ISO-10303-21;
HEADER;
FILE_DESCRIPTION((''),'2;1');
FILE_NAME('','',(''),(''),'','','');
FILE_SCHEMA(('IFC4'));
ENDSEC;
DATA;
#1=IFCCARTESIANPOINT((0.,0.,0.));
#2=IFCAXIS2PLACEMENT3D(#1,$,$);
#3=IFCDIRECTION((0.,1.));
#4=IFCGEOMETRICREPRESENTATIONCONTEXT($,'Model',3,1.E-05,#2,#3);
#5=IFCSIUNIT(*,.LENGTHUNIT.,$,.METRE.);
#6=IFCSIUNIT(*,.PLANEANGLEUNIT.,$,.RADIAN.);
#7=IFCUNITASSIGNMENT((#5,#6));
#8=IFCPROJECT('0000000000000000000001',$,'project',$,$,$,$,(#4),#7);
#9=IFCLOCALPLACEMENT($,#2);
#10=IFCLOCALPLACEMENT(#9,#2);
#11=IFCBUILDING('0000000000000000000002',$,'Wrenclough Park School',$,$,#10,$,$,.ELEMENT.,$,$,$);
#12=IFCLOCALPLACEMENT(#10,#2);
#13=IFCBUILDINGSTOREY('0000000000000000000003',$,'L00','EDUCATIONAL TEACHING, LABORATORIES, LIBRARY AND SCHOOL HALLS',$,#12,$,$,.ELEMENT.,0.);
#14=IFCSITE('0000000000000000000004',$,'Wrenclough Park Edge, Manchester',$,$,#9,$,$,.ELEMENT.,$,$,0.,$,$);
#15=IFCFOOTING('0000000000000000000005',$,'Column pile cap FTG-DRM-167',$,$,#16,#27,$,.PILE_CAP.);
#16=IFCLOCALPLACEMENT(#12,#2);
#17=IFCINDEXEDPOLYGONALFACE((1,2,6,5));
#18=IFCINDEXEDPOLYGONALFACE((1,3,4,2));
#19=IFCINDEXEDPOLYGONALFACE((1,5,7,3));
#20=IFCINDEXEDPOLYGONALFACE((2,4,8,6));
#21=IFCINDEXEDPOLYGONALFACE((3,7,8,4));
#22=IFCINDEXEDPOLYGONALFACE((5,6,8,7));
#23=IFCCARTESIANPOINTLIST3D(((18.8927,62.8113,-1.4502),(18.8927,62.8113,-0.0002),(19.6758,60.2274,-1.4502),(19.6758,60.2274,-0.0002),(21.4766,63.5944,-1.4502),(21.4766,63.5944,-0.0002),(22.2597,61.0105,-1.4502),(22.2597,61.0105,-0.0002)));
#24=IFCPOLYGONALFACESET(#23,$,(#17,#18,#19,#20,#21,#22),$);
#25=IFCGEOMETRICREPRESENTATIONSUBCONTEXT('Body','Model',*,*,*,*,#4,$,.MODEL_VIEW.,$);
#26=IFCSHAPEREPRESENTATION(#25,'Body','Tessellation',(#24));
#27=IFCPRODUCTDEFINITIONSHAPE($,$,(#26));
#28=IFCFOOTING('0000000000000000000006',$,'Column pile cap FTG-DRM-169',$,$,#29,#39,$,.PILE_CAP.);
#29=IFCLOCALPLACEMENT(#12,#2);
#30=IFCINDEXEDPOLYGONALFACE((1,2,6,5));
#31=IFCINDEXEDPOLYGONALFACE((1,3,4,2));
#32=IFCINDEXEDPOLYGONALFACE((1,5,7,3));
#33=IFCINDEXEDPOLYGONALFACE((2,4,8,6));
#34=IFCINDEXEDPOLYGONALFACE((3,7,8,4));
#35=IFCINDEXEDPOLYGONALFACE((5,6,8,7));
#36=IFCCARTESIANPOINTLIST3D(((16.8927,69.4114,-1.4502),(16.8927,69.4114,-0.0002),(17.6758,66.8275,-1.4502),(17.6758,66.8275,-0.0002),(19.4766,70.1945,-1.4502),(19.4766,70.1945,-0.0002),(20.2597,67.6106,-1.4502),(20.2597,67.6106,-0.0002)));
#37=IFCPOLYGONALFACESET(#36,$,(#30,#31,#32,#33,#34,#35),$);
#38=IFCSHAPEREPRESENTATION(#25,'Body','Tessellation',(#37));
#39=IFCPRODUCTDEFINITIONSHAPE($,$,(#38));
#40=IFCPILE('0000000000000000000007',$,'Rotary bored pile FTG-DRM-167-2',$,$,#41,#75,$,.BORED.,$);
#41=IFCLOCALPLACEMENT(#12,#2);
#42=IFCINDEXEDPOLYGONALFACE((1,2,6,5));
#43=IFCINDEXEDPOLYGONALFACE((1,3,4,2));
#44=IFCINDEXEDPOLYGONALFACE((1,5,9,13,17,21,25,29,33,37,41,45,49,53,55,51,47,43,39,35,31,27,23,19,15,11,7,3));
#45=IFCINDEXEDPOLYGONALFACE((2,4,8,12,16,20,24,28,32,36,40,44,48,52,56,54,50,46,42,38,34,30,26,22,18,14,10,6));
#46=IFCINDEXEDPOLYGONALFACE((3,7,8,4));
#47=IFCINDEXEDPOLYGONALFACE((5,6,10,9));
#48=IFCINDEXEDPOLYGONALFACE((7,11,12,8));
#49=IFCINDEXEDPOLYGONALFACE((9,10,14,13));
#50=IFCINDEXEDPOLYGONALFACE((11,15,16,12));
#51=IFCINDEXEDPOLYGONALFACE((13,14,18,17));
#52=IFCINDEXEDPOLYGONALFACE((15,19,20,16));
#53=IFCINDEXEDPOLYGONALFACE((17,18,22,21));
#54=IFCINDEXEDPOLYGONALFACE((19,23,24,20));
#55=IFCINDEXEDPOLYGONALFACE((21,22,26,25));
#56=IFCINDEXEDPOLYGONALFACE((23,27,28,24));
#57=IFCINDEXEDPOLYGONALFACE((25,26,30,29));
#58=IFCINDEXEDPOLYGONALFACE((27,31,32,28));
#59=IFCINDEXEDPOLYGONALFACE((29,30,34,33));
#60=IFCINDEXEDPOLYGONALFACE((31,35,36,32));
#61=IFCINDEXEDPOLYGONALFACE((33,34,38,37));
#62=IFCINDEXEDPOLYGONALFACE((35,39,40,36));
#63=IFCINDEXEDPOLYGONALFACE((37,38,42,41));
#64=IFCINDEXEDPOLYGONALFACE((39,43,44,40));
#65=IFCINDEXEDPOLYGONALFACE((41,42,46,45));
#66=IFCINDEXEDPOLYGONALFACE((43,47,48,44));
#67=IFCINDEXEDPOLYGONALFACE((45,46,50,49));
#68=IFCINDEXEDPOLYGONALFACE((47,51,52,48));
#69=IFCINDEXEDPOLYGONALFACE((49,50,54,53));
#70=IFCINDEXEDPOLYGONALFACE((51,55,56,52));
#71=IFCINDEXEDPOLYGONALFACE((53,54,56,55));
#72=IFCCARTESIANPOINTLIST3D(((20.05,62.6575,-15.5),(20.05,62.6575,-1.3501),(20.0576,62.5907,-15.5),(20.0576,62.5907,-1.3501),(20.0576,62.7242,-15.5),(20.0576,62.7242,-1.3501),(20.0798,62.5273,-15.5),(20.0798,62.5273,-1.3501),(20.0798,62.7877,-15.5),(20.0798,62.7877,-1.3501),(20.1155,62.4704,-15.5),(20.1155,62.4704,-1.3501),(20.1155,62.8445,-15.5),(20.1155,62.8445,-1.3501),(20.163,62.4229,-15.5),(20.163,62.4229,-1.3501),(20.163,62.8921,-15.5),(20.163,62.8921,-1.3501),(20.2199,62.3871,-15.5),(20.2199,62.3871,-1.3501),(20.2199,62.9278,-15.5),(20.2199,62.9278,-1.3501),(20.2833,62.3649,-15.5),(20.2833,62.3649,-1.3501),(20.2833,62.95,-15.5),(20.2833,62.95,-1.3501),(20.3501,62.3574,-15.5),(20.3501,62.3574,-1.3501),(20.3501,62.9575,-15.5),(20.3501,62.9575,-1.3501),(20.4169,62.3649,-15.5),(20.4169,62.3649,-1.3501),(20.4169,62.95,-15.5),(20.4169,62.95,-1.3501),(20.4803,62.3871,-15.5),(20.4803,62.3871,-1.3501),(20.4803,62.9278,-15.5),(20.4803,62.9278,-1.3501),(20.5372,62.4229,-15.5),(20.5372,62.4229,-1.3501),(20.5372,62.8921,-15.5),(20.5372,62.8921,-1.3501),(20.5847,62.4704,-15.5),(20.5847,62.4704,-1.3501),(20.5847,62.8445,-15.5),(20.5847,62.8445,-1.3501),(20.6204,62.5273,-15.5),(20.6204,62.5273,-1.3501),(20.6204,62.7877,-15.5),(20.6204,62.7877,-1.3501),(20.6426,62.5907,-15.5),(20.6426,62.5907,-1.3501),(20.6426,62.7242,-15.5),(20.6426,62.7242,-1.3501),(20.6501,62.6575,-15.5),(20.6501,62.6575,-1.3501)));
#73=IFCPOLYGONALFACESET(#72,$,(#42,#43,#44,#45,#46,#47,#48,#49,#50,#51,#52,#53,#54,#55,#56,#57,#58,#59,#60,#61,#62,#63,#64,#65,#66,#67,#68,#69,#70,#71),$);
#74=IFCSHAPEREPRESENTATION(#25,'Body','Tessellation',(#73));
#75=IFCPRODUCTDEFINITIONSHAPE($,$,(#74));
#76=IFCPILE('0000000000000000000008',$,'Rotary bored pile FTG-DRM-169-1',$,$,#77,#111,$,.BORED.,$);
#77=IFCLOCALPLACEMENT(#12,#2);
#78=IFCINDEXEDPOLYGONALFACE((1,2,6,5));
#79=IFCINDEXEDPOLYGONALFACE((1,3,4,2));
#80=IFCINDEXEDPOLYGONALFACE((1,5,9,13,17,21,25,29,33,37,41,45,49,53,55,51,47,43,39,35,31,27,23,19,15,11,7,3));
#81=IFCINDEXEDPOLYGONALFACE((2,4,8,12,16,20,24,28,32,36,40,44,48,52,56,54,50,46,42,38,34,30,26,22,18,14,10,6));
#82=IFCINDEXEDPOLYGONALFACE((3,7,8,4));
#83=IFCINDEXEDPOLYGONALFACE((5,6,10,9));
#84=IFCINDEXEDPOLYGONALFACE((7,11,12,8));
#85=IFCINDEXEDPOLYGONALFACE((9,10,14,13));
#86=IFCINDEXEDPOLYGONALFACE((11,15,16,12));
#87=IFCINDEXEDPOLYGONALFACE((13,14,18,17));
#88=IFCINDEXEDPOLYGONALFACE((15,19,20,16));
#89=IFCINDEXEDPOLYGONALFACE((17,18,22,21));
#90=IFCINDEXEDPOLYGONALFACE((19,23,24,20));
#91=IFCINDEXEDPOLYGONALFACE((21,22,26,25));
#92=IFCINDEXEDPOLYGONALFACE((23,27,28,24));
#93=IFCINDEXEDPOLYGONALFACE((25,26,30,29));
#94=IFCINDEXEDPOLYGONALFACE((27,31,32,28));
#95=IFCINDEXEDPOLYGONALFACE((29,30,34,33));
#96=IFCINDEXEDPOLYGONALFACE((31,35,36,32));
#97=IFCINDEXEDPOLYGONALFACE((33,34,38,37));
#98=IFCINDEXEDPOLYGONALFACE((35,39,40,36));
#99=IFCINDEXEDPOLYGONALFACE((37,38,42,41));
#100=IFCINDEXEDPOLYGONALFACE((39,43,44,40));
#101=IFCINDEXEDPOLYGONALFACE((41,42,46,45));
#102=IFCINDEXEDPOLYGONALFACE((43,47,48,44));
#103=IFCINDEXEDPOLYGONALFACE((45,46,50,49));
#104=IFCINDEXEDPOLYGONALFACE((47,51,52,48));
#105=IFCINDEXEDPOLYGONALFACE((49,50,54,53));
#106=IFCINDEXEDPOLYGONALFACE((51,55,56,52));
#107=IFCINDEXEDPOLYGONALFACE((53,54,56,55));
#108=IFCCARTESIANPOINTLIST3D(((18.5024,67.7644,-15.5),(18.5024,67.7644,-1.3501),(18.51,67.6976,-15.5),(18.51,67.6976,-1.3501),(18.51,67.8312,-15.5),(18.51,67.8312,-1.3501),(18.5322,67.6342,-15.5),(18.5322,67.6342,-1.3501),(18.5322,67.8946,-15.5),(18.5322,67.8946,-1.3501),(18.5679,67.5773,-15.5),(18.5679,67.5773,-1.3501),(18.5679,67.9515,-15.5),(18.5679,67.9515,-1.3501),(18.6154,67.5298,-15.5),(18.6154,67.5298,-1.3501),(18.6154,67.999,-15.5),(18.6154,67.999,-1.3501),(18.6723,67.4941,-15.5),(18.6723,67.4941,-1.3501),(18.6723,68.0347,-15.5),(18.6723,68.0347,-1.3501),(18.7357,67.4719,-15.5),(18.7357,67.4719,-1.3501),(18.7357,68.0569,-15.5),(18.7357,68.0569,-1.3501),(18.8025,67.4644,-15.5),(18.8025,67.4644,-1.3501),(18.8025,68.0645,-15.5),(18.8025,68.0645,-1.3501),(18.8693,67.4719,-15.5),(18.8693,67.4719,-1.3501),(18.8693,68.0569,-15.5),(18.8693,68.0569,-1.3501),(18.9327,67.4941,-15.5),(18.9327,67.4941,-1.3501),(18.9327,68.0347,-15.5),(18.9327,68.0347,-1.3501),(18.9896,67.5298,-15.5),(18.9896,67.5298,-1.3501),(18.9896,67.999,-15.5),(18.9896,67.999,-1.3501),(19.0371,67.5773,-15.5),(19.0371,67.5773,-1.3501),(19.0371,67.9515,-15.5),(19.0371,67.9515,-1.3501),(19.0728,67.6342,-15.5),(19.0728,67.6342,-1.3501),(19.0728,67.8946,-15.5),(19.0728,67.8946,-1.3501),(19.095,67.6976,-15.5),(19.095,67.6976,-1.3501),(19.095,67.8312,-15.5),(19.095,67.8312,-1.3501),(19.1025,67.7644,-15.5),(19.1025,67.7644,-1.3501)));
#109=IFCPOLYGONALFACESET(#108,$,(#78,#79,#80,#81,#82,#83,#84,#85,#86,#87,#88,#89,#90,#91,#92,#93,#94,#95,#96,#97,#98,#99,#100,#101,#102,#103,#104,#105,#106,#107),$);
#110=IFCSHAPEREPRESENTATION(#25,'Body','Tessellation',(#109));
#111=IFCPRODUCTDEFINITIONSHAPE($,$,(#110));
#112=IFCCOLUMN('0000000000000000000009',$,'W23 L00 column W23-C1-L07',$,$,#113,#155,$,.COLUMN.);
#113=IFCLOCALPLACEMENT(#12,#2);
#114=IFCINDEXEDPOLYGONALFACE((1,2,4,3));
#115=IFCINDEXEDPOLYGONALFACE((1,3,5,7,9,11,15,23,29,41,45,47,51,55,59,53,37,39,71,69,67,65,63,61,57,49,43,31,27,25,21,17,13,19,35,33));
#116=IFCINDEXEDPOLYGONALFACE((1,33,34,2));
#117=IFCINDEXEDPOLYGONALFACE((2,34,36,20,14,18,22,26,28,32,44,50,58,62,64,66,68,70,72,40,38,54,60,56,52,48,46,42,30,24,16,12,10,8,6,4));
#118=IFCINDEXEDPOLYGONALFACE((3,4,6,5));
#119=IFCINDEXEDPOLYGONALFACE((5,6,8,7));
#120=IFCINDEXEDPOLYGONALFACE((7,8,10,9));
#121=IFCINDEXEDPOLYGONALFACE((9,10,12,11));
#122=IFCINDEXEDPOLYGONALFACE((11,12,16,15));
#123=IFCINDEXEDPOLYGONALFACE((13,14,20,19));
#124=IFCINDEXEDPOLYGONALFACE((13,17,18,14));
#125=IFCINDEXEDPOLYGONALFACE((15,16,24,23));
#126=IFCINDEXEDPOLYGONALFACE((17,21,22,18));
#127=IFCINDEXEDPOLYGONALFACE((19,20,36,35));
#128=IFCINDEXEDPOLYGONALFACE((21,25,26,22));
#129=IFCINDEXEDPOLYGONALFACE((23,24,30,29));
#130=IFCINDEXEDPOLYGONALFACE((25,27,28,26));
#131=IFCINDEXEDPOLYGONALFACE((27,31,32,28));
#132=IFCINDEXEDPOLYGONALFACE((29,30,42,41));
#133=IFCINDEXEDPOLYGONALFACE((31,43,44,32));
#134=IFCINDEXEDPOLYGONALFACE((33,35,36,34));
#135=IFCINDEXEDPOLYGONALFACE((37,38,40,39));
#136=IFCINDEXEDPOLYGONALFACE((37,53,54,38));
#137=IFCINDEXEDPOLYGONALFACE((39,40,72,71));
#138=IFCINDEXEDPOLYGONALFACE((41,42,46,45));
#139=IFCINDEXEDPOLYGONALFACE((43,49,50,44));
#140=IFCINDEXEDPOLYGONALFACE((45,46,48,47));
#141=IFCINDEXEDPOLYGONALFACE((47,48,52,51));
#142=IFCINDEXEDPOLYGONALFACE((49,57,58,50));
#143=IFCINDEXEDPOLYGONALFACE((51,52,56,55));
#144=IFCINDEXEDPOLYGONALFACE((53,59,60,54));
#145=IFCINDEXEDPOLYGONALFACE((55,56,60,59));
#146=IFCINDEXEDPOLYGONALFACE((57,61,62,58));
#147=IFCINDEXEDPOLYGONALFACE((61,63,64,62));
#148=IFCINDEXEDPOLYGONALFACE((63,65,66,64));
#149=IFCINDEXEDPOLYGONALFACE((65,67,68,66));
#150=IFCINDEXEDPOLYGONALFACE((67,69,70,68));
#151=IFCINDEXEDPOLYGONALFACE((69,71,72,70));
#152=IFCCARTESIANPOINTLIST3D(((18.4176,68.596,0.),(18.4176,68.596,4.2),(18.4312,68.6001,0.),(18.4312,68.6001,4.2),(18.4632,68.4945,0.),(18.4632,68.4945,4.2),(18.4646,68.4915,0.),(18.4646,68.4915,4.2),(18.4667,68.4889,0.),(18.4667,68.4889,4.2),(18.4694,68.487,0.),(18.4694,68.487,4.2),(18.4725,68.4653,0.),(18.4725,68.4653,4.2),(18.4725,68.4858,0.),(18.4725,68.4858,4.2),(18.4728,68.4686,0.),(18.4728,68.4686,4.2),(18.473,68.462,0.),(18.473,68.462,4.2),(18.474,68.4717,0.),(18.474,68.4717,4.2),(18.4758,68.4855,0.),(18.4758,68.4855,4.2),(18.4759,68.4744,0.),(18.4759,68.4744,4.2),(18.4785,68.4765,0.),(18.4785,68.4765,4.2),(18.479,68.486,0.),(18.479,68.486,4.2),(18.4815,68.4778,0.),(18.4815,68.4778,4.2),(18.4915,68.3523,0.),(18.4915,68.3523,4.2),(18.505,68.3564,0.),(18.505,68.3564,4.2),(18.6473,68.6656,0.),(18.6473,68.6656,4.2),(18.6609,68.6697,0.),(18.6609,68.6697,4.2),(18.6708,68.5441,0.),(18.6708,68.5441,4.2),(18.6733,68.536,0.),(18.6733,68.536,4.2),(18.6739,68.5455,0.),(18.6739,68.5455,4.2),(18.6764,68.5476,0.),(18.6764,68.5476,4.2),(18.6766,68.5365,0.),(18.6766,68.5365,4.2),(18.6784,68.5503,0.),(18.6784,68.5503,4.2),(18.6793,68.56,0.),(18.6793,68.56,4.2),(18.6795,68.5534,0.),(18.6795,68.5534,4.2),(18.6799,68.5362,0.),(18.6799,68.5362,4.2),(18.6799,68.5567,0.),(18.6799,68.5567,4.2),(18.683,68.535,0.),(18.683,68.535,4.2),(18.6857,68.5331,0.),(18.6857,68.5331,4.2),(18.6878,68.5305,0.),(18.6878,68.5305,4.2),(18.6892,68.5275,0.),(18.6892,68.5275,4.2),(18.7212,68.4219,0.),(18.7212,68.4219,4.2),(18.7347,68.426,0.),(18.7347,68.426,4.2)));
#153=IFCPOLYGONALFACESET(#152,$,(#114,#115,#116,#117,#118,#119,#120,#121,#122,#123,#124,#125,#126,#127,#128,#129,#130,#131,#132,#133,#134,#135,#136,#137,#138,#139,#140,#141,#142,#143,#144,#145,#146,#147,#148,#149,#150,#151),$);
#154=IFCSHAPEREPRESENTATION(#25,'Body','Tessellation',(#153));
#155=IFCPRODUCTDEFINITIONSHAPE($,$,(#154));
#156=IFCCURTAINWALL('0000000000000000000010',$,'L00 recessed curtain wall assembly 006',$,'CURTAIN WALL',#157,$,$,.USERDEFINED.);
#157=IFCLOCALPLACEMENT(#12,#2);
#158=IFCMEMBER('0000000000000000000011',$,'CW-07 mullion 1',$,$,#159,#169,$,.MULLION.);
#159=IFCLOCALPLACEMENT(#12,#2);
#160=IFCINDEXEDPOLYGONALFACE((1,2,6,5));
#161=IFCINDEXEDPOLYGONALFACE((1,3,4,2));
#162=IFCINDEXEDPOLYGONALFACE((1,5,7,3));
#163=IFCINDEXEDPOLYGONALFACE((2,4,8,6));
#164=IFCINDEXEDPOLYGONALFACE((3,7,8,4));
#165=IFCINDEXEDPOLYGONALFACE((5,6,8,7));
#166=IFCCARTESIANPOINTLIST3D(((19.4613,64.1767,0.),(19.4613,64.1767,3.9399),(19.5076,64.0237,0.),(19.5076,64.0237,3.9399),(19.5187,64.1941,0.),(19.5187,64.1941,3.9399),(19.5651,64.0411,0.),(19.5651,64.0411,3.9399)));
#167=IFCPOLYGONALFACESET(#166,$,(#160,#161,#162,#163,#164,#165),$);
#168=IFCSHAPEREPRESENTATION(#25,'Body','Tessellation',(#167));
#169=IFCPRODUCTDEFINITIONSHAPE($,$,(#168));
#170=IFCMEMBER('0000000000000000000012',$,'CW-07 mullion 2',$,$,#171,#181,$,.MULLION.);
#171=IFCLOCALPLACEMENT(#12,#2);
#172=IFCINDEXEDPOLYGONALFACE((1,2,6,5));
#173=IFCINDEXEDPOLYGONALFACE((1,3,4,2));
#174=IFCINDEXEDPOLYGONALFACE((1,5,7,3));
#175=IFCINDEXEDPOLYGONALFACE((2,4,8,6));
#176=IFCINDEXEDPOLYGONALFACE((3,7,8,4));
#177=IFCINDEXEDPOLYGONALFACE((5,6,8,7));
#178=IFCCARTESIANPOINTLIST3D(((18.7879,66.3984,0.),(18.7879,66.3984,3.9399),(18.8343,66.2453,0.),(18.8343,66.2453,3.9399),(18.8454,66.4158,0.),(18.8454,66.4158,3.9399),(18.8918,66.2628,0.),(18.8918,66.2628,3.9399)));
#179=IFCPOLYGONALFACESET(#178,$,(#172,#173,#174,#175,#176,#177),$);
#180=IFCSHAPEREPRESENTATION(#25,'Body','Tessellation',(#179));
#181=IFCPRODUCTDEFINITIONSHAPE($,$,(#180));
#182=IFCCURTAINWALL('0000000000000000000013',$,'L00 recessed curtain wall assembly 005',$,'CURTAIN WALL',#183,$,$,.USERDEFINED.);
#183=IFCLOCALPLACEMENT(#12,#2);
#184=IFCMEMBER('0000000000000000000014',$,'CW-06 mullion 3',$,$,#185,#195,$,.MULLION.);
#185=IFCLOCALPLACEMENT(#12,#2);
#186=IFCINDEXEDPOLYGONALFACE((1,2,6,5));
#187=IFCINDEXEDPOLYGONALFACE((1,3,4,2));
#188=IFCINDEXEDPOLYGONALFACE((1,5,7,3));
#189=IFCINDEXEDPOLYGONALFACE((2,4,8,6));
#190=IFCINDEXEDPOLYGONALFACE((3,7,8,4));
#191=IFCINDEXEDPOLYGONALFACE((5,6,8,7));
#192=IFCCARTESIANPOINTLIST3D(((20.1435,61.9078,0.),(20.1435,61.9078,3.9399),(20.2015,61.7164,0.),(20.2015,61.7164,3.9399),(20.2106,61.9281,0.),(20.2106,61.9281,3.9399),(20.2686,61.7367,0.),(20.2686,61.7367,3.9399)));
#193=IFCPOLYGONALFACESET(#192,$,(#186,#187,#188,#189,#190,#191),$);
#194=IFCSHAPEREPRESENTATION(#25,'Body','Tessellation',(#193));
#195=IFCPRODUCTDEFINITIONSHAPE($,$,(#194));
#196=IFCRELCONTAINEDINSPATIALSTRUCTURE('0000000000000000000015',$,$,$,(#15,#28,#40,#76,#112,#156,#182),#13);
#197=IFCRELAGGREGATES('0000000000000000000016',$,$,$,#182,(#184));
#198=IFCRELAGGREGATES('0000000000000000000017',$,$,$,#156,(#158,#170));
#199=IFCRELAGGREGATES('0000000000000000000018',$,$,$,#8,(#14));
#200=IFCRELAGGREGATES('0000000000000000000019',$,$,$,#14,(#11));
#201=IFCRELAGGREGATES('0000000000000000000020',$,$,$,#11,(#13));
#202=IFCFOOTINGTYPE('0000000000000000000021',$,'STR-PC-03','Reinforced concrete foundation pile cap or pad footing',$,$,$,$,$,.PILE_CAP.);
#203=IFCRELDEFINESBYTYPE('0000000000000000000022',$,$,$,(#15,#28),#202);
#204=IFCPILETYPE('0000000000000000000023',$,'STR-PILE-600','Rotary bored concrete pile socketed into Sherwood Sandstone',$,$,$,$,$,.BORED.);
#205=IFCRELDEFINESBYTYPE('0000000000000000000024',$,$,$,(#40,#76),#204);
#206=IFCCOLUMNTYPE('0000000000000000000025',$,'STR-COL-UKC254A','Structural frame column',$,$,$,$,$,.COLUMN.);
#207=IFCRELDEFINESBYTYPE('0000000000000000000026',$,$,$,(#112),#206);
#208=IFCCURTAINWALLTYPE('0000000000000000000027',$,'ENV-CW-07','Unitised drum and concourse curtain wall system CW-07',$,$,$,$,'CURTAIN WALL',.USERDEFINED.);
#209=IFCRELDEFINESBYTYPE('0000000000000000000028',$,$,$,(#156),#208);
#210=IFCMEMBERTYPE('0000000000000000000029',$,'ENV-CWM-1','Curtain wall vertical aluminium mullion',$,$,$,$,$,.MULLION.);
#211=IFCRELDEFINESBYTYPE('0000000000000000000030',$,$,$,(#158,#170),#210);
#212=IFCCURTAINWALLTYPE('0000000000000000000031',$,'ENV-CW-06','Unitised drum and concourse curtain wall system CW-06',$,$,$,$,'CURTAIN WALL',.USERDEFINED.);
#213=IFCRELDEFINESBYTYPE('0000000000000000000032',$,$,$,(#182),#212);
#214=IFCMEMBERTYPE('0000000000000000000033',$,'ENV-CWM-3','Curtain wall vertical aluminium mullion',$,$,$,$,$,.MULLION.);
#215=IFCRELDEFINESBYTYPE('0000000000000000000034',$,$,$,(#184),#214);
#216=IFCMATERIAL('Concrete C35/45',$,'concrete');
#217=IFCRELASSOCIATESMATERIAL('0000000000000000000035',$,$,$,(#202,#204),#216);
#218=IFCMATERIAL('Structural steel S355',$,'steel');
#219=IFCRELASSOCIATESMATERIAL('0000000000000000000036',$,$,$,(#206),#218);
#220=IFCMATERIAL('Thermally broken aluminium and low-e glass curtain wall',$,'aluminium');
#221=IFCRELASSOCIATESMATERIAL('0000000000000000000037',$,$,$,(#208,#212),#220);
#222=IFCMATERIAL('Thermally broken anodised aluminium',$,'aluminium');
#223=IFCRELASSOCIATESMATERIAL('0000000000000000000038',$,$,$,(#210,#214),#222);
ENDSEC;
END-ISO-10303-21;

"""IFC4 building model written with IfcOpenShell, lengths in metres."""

from ifc_helpers import new_model, si_unit, direction, frame, origin, origin_2d, place, context, subcontext, project, spatial, rectangle, circle, i_section, extrude, material, material_profile, profile_set, type_object, element, aggregate, save


model = new_model("IFC4")

# Units and contexts
model_context = context("Model", 3, precision=1e-05, world=origin(), true_north=direction((0.0, 1.0)))
body_context = subcontext(model_context, "Body", "Model", "MODEL_VIEW")
ifc_project = project(units=[si_unit("LENGTHUNIT", "METRE"), si_unit("PLANEANGLEUNIT", "RADIAN")], contexts=[model_context])

# Site, building, storey
site_placement = place(None, origin())
site = spatial("IfcSite", under=ifc_project, at=site_placement, Name="Wrenclough Park Edge, Manchester", CompositionType="ELEMENT", RefElevation=0.0)
building_placement = place(site_placement, origin())
building = spatial("IfcBuilding", under=site, at=building_placement, Name="Wrenclough Park School", CompositionType="ELEMENT")
storey_placement = place(building_placement, origin())
storey = spatial("IfcBuildingStorey", under=building, at=storey_placement, Name="L00", Description="EDUCATIONAL TEACHING, LABORATORIES, LIBRARY AND SCHOOL HALLS", CompositionType="ELEMENT", Elevation=0.0)

# Footings
ifc_material_1 = material(Name="Concrete C35/45", Category="concrete")
footing_type = type_object("IfcFootingType", Name="STR-PC-03", Description="Reinforced concrete foundation pile cap or pad footing", PredefinedType="PILE_CAP", material=ifc_material_1)
for number, where, z_axis, x_axis, name in (
    (1, (20.5762, 61.9109, -1.4502), (0.0, 0.0, 1.0), (-0.290034, 0.957016, 0.0), "Column pile cap FTG-DRM-167"),
    (2, (18.5762, 68.511, -1.4502), (0.0, 0.0, 1.0), (-0.290034, 0.957016, 0.0), "Column pile cap FTG-DRM-169"),
):
    element("IfcFooting", number, at=place(storey_placement, frame(where, z_axis=z_axis, x_axis=x_axis)), inside=storey, type_object=footing_type, Name=name, PredefinedType="PILE_CAP", context=body_context, shape_type="SweptSolid", body=[
        extrude(rectangle(XDim=2.7, YDim=2.7, at=origin_2d()), origin(), (0.0, 0.0, 1.0), 1.45),
    ])

# Piles
ifc_material_profile_1 = material_profile(ifc_material_1, circle(Radius=0.3, at=origin_2d()), Name="BORED PILE D600")
ifc_profile_set_1 = profile_set([ifc_material_profile_1], Name="Concrete C35/45")
pile_type = type_object("IfcPileType", Name="STR-PILE-600", Description="Rotary bored concrete pile socketed into Sherwood Sandstone", PredefinedType="BORED", material=ifc_profile_set_1)
for number, where, z_axis, x_axis, name in (
    (3, (20.3501, 62.6575, -1.3501), (0.0, 0.0, -1.0), (1.0, 0.0, 0.0), "Rotary bored pile FTG-DRM-167-2"),
    (4, (18.8025, 67.7644, -1.3501), (0.0, 0.0, -1.0), (1.0, 0.0, 0.0), "Rotary bored pile FTG-DRM-169-1"),
):
    element("IfcPile", number, at=place(storey_placement, frame(where, z_axis=z_axis, x_axis=x_axis)), inside=storey, type_object=pile_type, Name=name, PredefinedType="BORED", context=body_context, shape_type="SweptSolid", body=[
        extrude(circle(Radius=0.3, at=origin_2d()), origin(), (0.0, 0.0, 1.0), 14.1499),
    ])

# Column
ifc_material_2 = material(Name="Structural steel S355", Category="steel")
ifc_material_profile_2 = material_profile(ifc_material_2, i_section(OverallWidth=0.2546, OverallDepth=0.2542, WebThickness=0.0085, FlangeThickness=0.0142, FilletRadius=0.0127, at=origin_2d()), Name="UKC 254x254x73")
ifc_profile_set_2 = profile_set([ifc_material_profile_2], Name="Structural steel S355")
column_type = type_object("IfcColumnType", Name="STR-COL-UKC254A", Description="Structural frame column", PredefinedType="COLUMN", material=ifc_profile_set_2)
column_placement = place(storey_placement, frame((18.5762, 68.511, 0.0), z_axis=(0.0, 0.0, 1.0), x_axis=(-0.290034, 0.957016, 0.0)))
element("IfcColumn", 5, at=column_placement, inside=storey, type_object=column_type, Name="W23 L00 column W23-C1-L07", PredefinedType="COLUMN", context=body_context, shape_type="SweptSolid", body=[
    extrude(i_section(OverallWidth=0.2546, OverallDepth=0.2542, WebThickness=0.0085, FlangeThickness=0.0142, FilletRadius=0.0127, at=origin_2d()), origin(), (0.0, 0.0, 1.0), 4.2),
])

# Curtain walls, members
ifc_material_3 = material(Name="Thermally broken aluminium and low-e glass curtain wall", Category="aluminium")
curtain_wall_type_1 = type_object("IfcCurtainWallType", Name="ENV-CW-07", Description="Unitised drum and concourse curtain wall system CW-07", ElementType="CURTAIN WALL", PredefinedType="USERDEFINED", material=ifc_material_3)
curtain_wall_1_placement = place(storey_placement, origin())
curtain_wall_1 = element("IfcCurtainWall", 6, at=curtain_wall_1_placement, inside=storey, type_object=curtain_wall_type_1, Name="L00 recessed curtain wall assembly 006", ObjectType="CURTAIN WALL", PredefinedType="USERDEFINED")
ifc_material_4 = material(Name="Thermally broken anodised aluminium", Category="aluminium")
ifc_material_profile_3 = material_profile(ifc_material_4, rectangle(XDim=0.0601, YDim=0.1599, at=origin_2d()), Name="AL MULLION 60x160")
ifc_profile_set_3 = profile_set([ifc_material_profile_3], Name="Thermally broken anodised aluminium")
member_type_1 = type_object("IfcMemberType", Name="ENV-CWM-1", Description="Curtain wall vertical aluminium mullion", PredefinedType="MULLION", material=ifc_profile_set_3)
member_1_placement = place(storey_placement, frame((19.5132, 64.1089, 0.0), z_axis=(0.0, 0.0, 1.0), x_axis=(-0.957026, -0.290001, 0.0)))
member_1 = element("IfcMember", 7, at=member_1_placement, type_object=member_type_1, Name="CW-07 mullion 1", PredefinedType="MULLION", context=body_context, shape_type="SweptSolid", body=[
    extrude(rectangle(XDim=0.0601, YDim=0.1599, at=origin_2d()), origin(), (0.0, 0.0, 1.0), 3.9399),
])
member_2_placement = place(storey_placement, frame((18.8398, 66.3306, 0.0), z_axis=(0.0, 0.0, 1.0), x_axis=(-0.957026, -0.290001, 0.0)))
member_2 = element("IfcMember", 8, at=member_2_placement, type_object=member_type_1, Name="CW-07 mullion 2", PredefinedType="MULLION", context=body_context, shape_type="SweptSolid", body=[
    extrude(rectangle(XDim=0.0601, YDim=0.1599, at=origin_2d()), origin(), (0.0, 0.0, 1.0), 3.9399),
])
curtain_wall_type_2 = type_object("IfcCurtainWallType", Name="ENV-CW-06", Description="Unitised drum and concourse curtain wall system CW-06", ElementType="CURTAIN WALL", PredefinedType="USERDEFINED", material=ifc_material_3)
curtain_wall_2_placement = place(storey_placement, origin())
curtain_wall_2 = element("IfcCurtainWall", 9, at=curtain_wall_2_placement, inside=storey, type_object=curtain_wall_type_2, Name="L00 recessed curtain wall assembly 005", ObjectType="CURTAIN WALL", PredefinedType="USERDEFINED")
ifc_material_profile_4 = material_profile(ifc_material_4, rectangle(XDim=0.0701, YDim=0.2, at=origin_2d()), Name="AL MULLION 70x200")
ifc_profile_set_4 = profile_set([ifc_material_profile_4], Name="Thermally broken anodised aluminium")
member_type_2 = type_object("IfcMemberType", Name="ENV-CWM-3", Description="Curtain wall vertical aluminium mullion", PredefinedType="MULLION", material=ifc_profile_set_4)
member_3_placement = place(storey_placement, frame((20.2061, 61.8223, 0.0), z_axis=(0.0, 0.0, 1.0), x_axis=(-0.95703, -0.289988, 0.0)))
member_3 = element("IfcMember", 10, at=member_3_placement, type_object=member_type_2, Name="CW-06 mullion 3", PredefinedType="MULLION", context=body_context, shape_type="SweptSolid", body=[
    extrude(rectangle(XDim=0.0701, YDim=0.2, at=origin_2d()), origin(), (0.0, 0.0, 1.0), 3.9399),
])

aggregate(curtain_wall_2, [member_3])
aggregate(curtain_wall_1, [member_1, member_2])

save(model, "model.ifc")
